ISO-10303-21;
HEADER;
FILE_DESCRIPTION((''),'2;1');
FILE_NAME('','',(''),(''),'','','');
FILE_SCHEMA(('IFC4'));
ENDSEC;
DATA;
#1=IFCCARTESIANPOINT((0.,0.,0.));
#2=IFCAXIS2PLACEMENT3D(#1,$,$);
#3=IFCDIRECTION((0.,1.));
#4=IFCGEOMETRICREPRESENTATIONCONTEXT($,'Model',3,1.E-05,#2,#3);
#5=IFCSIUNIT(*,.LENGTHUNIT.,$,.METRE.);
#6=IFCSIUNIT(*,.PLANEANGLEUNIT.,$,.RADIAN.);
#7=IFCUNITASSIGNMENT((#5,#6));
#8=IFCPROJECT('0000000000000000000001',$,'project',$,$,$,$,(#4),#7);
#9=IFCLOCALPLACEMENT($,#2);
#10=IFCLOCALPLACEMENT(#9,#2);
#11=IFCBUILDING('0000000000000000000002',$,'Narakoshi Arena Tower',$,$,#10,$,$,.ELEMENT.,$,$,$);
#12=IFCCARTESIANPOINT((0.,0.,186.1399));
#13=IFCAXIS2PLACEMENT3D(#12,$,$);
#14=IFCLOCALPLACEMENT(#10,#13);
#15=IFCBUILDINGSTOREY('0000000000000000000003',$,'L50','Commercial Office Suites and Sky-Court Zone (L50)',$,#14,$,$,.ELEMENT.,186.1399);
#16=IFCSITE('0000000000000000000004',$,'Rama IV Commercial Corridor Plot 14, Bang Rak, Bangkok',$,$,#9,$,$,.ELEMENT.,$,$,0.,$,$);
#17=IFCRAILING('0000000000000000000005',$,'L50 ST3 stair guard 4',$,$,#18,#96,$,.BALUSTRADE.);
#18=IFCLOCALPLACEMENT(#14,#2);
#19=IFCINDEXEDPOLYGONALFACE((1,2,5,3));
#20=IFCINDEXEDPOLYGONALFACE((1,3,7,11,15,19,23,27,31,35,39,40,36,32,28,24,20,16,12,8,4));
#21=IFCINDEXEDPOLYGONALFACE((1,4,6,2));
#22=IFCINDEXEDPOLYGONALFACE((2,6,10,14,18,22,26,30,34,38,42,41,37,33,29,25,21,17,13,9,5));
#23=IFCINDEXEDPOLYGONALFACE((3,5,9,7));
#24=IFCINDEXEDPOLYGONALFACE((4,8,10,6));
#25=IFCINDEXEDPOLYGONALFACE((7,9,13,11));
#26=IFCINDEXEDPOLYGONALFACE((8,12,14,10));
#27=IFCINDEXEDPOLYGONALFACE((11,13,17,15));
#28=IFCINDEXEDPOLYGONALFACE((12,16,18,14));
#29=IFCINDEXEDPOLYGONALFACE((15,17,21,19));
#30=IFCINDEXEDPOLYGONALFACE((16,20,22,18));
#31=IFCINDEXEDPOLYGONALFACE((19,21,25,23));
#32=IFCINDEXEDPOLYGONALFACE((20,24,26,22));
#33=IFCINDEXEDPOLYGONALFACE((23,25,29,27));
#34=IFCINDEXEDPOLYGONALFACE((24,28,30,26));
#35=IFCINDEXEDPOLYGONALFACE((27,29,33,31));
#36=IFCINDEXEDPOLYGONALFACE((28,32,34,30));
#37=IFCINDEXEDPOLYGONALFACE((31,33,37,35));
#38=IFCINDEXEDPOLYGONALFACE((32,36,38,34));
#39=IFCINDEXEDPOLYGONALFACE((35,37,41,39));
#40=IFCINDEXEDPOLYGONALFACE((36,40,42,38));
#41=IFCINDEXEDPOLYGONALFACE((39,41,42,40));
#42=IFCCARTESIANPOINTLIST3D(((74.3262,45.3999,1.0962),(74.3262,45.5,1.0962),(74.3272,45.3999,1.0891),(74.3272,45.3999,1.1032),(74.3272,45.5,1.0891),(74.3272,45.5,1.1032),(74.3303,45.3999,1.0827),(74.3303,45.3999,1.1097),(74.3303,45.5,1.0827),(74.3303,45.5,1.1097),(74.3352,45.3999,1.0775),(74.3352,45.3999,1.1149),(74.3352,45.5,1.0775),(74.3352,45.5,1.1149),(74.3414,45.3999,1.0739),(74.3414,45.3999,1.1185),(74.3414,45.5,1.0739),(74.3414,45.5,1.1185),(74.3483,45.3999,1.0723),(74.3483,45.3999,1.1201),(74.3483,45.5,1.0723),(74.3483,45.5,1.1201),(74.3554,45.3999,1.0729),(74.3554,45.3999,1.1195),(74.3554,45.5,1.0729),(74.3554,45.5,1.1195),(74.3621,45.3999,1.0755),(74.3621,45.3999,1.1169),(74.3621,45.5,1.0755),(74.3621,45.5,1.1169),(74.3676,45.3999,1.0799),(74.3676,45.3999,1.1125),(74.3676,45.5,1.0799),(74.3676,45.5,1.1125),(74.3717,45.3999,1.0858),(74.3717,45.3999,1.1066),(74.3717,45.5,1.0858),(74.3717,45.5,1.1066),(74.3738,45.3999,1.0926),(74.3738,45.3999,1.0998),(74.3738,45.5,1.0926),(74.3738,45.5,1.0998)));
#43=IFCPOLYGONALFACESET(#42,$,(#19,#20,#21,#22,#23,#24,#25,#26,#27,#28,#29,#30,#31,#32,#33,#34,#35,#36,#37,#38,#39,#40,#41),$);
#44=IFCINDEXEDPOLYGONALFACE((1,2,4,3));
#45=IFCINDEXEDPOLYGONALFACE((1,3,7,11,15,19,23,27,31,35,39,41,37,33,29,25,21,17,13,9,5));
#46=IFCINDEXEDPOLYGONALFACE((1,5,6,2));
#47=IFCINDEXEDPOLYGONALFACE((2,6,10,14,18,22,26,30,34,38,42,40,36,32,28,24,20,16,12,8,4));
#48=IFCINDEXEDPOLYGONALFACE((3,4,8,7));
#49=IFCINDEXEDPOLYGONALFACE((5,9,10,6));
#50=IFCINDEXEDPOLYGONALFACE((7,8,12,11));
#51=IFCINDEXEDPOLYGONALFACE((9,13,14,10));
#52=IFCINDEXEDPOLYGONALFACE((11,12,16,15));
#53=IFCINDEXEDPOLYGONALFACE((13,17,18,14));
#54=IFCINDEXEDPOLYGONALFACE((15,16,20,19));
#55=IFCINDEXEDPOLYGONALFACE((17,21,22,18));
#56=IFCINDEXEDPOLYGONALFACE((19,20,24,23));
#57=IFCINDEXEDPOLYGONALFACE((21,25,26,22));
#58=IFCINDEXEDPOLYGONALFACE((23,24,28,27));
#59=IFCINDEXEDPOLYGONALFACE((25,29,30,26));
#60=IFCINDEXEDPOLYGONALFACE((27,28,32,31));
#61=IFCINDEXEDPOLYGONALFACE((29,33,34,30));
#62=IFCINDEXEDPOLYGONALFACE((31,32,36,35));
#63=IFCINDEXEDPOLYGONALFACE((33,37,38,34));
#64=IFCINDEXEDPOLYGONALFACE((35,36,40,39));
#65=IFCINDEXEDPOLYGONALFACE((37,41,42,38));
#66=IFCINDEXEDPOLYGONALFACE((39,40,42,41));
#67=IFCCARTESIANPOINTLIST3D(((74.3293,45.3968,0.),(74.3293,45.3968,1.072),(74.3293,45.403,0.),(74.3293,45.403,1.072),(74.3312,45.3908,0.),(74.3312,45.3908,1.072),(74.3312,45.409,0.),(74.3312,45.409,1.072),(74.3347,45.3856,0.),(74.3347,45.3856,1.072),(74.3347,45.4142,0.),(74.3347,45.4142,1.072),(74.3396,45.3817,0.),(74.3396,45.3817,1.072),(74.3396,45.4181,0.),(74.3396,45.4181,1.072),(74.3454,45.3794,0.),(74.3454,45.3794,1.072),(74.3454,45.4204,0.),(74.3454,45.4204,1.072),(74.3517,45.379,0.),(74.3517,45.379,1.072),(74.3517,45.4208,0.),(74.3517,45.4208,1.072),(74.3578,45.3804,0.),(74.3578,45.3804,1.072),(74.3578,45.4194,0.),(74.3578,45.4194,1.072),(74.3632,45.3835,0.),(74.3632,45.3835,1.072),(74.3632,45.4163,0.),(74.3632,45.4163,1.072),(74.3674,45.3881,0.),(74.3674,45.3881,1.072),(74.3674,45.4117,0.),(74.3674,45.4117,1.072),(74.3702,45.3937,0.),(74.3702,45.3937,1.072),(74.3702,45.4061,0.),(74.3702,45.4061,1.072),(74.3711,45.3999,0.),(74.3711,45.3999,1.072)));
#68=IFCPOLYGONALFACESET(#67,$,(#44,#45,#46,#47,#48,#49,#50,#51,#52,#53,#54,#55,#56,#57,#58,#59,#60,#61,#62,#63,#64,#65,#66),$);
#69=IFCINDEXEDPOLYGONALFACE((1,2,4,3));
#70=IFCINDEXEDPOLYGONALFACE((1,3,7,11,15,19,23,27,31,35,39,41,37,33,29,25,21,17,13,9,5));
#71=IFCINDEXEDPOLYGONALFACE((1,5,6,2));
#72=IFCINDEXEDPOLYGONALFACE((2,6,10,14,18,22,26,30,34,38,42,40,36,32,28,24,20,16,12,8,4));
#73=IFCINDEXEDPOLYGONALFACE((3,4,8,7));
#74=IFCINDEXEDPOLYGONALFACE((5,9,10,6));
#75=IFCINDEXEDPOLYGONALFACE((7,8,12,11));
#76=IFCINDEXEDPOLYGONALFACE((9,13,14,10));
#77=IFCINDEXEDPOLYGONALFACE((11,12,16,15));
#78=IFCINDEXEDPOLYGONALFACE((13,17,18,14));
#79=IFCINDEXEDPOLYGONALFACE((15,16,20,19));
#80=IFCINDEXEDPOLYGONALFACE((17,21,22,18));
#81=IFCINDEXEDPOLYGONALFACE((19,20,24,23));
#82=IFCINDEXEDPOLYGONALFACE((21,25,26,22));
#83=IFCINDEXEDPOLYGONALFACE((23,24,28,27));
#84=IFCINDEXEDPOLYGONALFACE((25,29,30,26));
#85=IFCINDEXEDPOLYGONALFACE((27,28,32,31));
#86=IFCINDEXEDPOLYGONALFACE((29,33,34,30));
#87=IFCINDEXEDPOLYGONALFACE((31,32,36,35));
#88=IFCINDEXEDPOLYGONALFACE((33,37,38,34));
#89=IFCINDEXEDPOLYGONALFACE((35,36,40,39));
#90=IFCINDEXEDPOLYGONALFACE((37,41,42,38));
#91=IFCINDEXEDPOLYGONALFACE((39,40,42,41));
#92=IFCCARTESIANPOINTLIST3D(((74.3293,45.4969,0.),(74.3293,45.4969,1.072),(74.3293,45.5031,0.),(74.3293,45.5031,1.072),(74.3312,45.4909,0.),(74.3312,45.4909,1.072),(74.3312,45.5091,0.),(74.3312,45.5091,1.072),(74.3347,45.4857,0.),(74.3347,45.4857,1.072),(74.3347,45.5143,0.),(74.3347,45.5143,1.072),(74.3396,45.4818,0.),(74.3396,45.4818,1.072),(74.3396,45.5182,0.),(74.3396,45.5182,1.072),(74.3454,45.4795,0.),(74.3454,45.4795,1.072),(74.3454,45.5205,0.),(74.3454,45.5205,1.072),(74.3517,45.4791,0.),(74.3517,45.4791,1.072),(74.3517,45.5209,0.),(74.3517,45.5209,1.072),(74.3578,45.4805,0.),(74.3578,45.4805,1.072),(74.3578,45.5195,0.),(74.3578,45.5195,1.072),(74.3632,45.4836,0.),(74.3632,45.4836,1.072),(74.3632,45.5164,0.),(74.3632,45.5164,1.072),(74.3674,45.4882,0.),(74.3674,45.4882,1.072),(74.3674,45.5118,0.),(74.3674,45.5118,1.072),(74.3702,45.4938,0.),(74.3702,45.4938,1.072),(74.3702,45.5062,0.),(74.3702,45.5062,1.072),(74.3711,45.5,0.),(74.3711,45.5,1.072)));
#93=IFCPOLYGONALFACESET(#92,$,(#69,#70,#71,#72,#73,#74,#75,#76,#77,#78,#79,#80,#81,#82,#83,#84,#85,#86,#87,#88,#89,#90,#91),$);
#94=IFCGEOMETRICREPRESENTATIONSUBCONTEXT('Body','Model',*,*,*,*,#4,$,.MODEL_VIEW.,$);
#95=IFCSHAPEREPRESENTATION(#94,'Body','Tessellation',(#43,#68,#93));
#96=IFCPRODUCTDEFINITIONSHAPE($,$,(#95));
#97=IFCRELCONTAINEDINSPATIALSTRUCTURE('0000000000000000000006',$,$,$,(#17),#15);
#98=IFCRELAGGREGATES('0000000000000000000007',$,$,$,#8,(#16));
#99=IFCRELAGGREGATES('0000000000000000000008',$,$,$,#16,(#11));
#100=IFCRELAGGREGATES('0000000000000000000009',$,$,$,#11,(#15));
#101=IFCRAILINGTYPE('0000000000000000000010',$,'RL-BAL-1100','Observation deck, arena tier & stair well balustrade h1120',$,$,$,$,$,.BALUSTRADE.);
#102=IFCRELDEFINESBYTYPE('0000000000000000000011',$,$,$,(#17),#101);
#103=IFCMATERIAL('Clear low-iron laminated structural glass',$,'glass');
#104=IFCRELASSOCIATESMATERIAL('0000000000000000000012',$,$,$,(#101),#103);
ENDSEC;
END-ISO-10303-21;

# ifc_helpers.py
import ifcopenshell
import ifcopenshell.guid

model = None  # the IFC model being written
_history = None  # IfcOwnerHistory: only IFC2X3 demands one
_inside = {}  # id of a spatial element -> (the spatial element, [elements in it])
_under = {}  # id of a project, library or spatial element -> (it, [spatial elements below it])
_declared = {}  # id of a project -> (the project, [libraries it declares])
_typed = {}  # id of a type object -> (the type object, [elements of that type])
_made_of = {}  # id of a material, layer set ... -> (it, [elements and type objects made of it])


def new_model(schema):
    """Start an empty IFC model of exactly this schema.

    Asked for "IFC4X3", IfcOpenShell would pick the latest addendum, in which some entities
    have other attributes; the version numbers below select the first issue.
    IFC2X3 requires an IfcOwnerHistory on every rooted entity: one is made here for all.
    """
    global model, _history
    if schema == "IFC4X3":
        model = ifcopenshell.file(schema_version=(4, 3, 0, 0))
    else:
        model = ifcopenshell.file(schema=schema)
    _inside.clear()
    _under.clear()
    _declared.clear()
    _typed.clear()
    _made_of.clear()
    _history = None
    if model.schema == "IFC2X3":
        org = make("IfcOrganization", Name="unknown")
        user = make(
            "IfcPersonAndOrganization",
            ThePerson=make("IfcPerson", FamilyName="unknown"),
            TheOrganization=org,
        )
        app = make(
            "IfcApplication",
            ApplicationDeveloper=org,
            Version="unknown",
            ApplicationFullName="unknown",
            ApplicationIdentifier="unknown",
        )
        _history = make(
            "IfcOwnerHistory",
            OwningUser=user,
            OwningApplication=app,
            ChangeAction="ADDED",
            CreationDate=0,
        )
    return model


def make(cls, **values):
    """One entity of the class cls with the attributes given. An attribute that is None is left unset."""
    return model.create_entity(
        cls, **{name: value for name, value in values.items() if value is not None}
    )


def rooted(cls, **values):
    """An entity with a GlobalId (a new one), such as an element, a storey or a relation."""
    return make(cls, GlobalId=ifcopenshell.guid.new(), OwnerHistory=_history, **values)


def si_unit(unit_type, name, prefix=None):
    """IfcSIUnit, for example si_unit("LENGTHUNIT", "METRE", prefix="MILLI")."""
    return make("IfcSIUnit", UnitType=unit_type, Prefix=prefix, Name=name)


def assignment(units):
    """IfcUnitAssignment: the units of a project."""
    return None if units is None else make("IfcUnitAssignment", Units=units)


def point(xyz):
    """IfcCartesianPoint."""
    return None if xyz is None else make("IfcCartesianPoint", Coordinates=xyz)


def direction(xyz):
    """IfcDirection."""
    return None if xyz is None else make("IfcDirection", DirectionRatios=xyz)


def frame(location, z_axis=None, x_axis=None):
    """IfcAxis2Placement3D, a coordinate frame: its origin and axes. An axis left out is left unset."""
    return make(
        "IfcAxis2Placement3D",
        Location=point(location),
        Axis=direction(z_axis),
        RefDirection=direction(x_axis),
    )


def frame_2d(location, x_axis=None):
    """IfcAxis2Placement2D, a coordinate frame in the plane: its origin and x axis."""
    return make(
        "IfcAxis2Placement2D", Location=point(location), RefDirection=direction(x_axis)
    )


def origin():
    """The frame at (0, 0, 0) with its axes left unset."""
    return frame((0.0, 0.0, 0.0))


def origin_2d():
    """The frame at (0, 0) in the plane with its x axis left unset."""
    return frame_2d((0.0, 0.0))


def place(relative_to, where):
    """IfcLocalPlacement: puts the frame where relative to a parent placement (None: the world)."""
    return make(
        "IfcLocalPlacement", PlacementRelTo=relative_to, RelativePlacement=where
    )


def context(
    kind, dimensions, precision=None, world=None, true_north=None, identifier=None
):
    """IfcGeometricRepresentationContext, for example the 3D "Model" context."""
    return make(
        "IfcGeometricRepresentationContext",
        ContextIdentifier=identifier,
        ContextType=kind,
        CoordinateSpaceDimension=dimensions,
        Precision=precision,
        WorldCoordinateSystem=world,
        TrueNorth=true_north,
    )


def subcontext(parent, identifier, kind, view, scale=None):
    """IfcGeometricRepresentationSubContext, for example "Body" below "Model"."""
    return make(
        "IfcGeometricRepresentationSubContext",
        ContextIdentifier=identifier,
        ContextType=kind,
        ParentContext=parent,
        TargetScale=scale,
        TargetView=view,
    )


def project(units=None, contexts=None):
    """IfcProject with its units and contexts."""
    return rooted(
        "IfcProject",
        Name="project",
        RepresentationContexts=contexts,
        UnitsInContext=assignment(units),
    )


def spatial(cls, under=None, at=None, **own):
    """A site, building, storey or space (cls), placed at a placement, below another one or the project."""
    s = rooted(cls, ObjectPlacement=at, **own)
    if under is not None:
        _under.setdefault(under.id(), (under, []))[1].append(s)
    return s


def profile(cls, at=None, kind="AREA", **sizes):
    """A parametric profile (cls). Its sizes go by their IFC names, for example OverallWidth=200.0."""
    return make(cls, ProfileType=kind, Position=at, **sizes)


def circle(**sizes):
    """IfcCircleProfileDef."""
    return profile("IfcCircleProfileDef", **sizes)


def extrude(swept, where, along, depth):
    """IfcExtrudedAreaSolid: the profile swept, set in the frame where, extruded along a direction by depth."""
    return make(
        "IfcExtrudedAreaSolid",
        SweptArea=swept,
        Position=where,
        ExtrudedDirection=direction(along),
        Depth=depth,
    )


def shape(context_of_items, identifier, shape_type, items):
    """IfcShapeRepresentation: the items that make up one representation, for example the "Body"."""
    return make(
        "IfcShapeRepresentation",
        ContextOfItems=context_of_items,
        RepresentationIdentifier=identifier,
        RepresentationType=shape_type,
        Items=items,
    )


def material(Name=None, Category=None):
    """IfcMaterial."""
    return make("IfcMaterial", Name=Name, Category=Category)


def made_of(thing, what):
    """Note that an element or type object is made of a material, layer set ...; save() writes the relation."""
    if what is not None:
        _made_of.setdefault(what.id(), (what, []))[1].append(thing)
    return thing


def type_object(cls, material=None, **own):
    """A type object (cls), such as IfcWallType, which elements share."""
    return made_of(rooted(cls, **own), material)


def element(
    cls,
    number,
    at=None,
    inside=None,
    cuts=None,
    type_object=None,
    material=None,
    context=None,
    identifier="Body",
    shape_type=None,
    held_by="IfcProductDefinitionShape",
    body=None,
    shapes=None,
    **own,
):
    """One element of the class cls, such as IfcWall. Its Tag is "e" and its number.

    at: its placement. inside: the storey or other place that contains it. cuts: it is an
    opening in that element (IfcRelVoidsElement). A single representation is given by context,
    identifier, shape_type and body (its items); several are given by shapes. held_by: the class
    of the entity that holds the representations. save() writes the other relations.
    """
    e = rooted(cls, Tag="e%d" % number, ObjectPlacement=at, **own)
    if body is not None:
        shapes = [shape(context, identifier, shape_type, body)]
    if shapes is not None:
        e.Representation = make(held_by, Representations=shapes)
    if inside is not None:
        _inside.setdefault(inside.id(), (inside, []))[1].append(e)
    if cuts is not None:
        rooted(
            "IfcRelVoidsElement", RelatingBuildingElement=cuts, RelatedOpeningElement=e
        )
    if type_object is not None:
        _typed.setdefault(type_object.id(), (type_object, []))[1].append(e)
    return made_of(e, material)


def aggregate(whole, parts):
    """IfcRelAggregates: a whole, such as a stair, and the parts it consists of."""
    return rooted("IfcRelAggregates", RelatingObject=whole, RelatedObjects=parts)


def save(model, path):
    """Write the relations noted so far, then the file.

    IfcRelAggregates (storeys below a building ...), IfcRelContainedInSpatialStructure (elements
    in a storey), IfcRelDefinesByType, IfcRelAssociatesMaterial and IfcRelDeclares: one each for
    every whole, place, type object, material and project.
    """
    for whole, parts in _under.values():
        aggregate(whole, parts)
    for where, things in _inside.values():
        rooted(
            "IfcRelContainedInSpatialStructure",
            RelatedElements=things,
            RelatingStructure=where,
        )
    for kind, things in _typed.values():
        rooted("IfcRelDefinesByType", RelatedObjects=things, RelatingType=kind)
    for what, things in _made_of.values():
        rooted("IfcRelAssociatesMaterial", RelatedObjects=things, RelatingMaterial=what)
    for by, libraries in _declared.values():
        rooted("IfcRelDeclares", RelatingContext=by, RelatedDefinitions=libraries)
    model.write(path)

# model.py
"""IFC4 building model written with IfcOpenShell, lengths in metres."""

from ifc_helpers import new_model, si_unit, direction, frame, origin, origin_2d, place, context, subcontext, project, spatial, circle, extrude, material, type_object, element, save


model = new_model("IFC4")

# Units and contexts
model_context = context("Model", 3, precision=1e-05, world=origin(), true_north=direction((0.0, 1.0)))
body_context = subcontext(model_context, "Body", "Model", "MODEL_VIEW")
ifc_project = project(units=[si_unit("LENGTHUNIT", "METRE"), si_unit("PLANEANGLEUNIT", "RADIAN")], contexts=[model_context])

# Site, building, storey
site_placement = place(None, origin())
site = spatial("IfcSite", under=ifc_project, at=site_placement, Name="Rama IV Commercial Corridor Plot 14, Bang Rak, Bangkok", CompositionType="ELEMENT", RefElevation=0.0)
building_placement = place(site_placement, origin())
building = spatial("IfcBuilding", under=site, at=building_placement, Name="Narakoshi Arena Tower", CompositionType="ELEMENT")
storey_placement = place(building_placement, frame((0.0, 0.0, 186.1399)))
storey = spatial("IfcBuildingStorey", under=building, at=storey_placement, Name="L50", Description="Commercial Office Suites and Sky-Court Zone (L50)", CompositionType="ELEMENT", Elevation=186.1399)

# Railing
ifc_material_1 = material(Name="Clear low-iron laminated structural glass", Category="glass")
railing_type_1 = type_object("IfcRailingType", Name="RL-BAL-1100", Description="Observation deck, arena tier & stair well balustrade h1120", PredefinedType="BALUSTRADE", material=ifc_material_1)
for number, where, name in (
    (1, (74.3501, 45.3999, 0.0), "L50 ST3 stair guard 4"),
):
    element("IfcRailing", number, at=place(storey_placement, frame(where)), inside=storey, type_object=railing_type_1, Name=name, PredefinedType="BALUSTRADE", context=body_context, shape_type="SweptSolid", body=[
        extrude(circle(Radius=0.0239, at=origin_2d()), frame((0.0, 0.0, 1.0962), z_axis=(0.0, 1.0, 0.0), x_axis=(-1.0, 0.0, 0.0)), (0.0, 0.0, 1.0), 0.1001),
        extrude(circle(Radius=0.021, at=origin_2d()), origin(), (0.0, 0.0, 1.0), 1.072),
        extrude(circle(Radius=0.021, at=origin_2d()), frame((0.0, 0.1001, 0.0)), (0.0, 0.0, 1.0), 1.072),
    ])

save(model, "model.ifc")
